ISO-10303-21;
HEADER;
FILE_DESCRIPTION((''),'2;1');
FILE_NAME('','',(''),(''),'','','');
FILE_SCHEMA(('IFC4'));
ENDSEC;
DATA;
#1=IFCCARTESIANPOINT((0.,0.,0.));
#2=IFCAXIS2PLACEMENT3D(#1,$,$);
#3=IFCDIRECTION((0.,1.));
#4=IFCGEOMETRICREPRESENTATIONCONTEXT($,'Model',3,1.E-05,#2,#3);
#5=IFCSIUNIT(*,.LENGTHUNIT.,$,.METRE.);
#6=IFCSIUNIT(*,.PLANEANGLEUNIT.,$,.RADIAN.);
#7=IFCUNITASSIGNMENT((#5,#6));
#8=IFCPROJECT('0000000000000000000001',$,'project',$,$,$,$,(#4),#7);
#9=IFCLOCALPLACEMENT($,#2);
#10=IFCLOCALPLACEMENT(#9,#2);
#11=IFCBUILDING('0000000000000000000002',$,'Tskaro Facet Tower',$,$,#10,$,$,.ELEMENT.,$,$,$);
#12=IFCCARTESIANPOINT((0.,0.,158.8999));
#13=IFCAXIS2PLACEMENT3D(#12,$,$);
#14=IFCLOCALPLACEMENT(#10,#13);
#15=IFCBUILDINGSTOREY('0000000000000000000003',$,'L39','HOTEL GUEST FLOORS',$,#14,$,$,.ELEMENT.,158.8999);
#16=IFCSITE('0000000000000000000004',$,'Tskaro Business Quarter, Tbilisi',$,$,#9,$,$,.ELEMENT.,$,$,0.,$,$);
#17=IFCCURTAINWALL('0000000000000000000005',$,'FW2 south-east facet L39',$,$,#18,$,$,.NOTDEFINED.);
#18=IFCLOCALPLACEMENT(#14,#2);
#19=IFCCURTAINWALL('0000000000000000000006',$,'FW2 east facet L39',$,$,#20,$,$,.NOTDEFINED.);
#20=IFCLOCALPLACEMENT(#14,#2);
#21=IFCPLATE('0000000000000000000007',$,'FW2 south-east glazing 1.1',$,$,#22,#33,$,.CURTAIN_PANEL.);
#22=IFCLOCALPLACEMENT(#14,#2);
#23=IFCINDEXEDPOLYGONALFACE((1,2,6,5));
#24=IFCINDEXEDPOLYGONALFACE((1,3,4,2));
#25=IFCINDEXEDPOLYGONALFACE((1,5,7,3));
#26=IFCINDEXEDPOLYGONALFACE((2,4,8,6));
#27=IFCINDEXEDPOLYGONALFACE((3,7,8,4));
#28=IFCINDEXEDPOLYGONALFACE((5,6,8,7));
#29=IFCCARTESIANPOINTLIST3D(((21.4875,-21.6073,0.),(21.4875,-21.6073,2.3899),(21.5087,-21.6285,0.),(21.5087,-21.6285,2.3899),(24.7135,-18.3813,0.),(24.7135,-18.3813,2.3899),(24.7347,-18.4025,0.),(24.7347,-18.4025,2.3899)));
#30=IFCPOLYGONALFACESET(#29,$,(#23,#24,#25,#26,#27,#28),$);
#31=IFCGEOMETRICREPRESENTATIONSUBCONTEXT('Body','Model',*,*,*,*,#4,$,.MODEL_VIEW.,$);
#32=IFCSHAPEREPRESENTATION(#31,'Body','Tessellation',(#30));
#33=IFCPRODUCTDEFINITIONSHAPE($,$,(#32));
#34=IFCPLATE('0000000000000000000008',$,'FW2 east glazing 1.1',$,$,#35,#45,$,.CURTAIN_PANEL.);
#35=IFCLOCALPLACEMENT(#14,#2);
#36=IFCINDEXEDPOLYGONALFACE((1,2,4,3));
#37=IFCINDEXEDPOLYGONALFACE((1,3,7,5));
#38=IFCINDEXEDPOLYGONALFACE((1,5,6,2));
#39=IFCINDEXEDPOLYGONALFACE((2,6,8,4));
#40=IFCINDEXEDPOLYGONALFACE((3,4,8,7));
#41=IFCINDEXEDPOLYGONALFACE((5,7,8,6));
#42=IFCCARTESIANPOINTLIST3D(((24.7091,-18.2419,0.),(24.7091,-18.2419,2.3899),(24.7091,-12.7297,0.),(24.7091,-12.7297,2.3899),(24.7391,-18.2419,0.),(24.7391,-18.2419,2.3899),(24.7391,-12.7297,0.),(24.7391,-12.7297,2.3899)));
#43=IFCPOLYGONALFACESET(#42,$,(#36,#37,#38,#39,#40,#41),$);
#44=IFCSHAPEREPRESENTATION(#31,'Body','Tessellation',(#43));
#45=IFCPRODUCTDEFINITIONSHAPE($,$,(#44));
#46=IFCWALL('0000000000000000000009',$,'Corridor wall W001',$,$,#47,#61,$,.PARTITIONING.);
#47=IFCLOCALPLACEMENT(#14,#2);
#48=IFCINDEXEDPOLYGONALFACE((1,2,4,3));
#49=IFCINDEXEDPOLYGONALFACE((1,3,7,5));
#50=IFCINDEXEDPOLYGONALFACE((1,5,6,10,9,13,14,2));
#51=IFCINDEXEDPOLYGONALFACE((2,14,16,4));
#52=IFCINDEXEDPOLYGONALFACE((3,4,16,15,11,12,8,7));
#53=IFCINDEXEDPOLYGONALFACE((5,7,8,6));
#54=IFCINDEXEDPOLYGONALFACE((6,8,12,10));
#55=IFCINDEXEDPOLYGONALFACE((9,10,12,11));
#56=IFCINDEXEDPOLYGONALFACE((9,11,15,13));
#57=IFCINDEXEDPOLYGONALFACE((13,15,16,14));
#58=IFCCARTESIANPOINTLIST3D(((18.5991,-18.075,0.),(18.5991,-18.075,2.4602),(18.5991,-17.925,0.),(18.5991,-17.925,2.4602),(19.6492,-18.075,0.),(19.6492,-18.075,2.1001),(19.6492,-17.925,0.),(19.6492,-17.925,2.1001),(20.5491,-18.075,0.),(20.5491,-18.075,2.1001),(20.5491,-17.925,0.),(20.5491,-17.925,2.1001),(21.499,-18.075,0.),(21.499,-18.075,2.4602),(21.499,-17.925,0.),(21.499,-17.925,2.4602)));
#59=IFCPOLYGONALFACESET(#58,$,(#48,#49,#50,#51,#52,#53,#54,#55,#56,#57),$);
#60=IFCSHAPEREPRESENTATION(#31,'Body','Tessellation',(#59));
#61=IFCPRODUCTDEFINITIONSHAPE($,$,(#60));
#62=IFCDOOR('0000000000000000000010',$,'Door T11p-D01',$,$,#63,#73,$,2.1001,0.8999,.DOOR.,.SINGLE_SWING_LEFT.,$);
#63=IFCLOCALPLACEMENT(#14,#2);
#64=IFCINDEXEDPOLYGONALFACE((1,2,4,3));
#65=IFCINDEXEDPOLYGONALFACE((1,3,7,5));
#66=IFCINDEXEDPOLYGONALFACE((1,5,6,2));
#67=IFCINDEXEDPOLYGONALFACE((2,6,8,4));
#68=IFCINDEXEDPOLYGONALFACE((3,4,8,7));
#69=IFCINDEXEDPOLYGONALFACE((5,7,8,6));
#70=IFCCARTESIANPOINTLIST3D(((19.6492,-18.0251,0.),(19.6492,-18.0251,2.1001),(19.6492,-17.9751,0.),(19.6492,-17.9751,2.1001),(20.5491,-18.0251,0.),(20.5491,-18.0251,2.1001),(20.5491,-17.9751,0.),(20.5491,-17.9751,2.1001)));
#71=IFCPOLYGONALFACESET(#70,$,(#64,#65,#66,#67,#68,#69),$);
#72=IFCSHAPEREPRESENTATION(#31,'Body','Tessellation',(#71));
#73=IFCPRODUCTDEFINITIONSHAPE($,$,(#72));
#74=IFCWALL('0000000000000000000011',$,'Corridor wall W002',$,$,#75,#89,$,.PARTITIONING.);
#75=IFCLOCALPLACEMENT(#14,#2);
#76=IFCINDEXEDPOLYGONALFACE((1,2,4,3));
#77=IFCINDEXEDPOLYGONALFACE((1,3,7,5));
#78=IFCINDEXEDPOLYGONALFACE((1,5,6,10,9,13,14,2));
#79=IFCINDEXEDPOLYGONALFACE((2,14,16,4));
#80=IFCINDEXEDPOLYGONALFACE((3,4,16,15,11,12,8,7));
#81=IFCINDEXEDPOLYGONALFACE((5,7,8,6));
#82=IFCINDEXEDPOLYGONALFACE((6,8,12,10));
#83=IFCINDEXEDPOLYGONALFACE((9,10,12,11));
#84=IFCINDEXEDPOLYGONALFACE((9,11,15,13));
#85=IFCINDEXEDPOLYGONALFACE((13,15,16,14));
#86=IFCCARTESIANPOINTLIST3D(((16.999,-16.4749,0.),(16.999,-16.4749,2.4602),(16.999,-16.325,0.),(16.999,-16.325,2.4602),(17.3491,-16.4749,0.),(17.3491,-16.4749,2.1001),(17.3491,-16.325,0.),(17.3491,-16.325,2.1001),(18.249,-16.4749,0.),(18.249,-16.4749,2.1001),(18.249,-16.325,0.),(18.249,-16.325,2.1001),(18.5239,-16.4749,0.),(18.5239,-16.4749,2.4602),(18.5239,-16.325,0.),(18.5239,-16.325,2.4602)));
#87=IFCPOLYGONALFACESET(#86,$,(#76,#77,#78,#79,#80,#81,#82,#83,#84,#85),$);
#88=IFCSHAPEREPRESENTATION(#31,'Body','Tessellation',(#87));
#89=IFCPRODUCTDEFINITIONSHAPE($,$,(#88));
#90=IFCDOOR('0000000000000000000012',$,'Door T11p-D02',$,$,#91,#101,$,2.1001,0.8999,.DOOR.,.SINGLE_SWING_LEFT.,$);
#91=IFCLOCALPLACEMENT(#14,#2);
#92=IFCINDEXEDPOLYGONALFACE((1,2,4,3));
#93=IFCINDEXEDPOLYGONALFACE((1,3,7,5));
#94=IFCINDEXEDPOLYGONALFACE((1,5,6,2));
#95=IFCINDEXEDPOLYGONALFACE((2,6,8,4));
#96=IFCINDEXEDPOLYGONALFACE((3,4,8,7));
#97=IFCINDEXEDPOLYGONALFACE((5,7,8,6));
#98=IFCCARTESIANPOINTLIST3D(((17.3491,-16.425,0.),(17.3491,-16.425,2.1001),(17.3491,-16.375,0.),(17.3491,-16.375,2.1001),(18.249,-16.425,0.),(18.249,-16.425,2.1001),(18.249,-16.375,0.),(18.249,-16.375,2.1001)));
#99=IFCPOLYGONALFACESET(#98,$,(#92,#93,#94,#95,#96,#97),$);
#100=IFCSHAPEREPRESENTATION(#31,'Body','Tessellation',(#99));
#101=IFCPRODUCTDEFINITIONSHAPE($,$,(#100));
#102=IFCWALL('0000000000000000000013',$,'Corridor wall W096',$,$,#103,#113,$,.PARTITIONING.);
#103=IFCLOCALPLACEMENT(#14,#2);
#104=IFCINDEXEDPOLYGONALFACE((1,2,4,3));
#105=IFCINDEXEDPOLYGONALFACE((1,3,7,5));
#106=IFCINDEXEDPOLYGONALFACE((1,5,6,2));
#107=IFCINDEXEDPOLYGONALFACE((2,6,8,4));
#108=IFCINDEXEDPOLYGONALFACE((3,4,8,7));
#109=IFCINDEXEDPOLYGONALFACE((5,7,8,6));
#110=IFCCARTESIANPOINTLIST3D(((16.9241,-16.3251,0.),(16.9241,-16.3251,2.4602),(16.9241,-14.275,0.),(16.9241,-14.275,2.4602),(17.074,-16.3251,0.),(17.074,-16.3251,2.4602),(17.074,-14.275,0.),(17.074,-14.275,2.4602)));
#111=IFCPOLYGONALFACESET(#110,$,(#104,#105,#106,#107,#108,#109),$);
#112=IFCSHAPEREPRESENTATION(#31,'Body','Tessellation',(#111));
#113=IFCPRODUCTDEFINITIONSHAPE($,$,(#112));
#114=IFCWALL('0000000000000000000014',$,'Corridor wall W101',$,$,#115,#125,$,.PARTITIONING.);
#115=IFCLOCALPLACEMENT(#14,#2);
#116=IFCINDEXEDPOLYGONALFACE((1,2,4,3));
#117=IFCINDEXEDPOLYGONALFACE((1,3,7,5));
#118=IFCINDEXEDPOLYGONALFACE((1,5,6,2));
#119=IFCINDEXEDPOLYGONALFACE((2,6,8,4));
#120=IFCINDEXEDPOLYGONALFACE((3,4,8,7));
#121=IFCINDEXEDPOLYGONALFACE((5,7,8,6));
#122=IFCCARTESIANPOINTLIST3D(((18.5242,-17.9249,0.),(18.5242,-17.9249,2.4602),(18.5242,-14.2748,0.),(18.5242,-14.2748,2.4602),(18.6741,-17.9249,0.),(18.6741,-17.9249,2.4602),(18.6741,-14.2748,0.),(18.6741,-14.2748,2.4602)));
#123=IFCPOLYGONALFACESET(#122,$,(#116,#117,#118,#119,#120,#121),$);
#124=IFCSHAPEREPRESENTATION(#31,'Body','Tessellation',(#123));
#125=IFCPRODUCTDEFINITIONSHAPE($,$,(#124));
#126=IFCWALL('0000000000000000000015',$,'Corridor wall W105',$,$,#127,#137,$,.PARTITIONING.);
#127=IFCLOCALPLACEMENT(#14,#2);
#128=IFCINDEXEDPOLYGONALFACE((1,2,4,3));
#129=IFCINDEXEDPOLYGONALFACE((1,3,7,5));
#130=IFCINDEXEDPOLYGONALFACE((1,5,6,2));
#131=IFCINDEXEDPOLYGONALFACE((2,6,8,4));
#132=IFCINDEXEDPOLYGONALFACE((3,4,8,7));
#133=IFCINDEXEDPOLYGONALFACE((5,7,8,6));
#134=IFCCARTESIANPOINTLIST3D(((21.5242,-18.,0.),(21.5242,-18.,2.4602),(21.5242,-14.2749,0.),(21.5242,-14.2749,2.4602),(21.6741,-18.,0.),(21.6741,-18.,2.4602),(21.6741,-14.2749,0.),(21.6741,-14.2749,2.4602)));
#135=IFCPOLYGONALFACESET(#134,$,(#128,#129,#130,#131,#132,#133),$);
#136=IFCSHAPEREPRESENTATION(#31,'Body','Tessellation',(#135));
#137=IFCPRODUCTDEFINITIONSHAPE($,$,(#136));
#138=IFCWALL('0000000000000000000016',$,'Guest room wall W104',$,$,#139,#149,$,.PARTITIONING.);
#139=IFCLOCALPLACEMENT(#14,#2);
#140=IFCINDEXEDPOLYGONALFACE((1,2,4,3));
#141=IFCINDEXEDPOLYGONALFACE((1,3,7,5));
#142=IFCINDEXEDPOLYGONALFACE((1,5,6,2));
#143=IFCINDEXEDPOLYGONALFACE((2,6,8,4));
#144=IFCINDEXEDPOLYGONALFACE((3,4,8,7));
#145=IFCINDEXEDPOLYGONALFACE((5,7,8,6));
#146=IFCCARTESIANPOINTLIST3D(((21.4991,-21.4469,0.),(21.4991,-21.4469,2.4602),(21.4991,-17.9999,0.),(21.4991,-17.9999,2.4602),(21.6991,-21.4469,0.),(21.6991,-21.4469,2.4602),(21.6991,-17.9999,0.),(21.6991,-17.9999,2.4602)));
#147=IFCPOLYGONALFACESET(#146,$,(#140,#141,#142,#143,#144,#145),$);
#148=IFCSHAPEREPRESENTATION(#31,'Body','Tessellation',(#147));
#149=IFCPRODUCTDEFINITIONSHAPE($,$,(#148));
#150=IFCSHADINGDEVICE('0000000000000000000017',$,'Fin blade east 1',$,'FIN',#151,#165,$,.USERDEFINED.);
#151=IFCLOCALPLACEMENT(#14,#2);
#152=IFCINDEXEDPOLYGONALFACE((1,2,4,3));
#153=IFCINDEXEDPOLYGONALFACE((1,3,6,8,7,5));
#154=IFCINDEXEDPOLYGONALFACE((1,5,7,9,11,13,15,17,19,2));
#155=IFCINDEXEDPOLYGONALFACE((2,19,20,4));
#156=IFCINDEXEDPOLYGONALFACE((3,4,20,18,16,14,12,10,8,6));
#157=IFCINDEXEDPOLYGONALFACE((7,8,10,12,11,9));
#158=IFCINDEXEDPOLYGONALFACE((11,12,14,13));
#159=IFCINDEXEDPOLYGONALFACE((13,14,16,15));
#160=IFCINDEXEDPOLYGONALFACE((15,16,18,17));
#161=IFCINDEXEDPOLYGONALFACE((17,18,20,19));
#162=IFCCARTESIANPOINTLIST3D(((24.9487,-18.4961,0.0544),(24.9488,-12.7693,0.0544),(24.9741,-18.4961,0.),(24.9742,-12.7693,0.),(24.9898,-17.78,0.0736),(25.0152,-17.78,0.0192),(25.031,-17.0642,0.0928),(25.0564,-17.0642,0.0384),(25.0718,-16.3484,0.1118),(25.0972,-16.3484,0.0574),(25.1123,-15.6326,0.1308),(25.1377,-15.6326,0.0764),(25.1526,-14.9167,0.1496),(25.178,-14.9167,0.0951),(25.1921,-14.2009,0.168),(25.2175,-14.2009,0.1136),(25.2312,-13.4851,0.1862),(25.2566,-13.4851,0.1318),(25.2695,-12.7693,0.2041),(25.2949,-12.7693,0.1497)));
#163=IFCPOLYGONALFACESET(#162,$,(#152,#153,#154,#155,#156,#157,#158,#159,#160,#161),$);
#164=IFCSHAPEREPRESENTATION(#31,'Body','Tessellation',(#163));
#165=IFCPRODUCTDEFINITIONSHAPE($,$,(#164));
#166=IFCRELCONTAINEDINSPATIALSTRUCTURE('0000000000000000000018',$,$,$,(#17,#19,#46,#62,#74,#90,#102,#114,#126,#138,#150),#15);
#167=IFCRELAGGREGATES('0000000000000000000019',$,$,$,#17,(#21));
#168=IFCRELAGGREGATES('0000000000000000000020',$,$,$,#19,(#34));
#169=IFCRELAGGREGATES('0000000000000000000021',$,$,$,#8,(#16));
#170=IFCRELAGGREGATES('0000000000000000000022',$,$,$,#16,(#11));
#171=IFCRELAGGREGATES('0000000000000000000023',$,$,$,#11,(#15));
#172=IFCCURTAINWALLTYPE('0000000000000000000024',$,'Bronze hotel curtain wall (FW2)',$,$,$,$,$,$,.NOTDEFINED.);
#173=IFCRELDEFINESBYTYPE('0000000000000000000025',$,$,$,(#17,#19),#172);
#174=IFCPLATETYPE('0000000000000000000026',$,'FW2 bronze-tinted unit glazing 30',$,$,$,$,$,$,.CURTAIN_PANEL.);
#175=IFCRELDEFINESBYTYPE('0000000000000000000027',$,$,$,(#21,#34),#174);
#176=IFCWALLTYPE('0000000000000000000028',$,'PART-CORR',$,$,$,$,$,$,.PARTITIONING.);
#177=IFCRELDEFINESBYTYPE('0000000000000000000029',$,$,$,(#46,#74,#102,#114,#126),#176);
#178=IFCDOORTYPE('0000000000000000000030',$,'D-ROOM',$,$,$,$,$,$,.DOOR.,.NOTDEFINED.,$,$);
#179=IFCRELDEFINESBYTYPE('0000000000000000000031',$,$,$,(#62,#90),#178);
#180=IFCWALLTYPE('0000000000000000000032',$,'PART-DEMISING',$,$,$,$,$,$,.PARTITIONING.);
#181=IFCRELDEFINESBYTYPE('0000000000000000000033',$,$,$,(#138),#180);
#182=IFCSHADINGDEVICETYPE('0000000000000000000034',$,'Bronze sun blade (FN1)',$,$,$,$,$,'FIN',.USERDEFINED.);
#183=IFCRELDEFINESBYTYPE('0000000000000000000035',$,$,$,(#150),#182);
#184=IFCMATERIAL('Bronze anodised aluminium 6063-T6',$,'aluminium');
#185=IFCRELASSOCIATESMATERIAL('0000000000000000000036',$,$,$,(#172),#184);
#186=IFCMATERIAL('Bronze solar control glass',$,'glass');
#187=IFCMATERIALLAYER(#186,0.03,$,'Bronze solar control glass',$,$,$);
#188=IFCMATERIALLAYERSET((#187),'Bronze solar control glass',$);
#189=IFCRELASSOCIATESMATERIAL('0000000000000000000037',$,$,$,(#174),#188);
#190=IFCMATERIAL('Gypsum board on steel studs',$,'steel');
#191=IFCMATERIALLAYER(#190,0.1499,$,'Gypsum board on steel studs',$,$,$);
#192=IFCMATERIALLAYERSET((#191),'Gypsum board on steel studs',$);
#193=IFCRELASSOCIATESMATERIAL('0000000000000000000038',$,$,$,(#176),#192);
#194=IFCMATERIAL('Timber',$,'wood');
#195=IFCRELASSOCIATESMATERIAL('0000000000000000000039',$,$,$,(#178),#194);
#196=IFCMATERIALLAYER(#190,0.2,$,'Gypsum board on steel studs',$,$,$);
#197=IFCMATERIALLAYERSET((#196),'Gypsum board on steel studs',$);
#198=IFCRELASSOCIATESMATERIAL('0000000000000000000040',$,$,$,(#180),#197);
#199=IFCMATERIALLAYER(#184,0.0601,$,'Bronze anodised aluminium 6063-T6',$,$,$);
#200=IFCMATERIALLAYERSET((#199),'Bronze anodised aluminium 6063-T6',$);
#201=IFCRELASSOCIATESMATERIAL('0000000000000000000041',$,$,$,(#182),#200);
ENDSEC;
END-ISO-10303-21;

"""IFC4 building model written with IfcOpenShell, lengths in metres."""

from ifc_helpers import new_model, si_unit, direction, frame, frame_2d, origin, origin_2d, place, context, subcontext, project, spatial, polyline, rectangle, outline, extrude, material, layer, layer_set, type_object, element, fill, aggregate, save


model = new_model("IFC4")

# Units and contexts
model_context = context("Model", 3, precision=1e-05, world=origin(), true_north=direction((0.0, 1.0)))
body_context = subcontext(model_context, "Body", "Model", "MODEL_VIEW")
ifc_project = project(units=[si_unit("LENGTHUNIT", "METRE"), si_unit("PLANEANGLEUNIT", "RADIAN")], contexts=[model_context])

# Site, building, storey
site_placement = place(None, origin())
site = spatial("IfcSite", under=ifc_project, at=site_placement, Name="Tskaro Business Quarter, Tbilisi", CompositionType="ELEMENT", RefElevation=0.0)
building_placement = place(site_placement, origin())
building = spatial("IfcBuilding", under=site, at=building_placement, Name="Tskaro Facet Tower", CompositionType="ELEMENT")
storey_placement = place(building_placement, frame((0.0, 0.0, 158.8999)))
storey = spatial("IfcBuildingStorey", under=building, at=storey_placement, Name="L39", Description="HOTEL GUEST FLOORS", CompositionType="ELEMENT", Elevation=158.8999)

# Curtain walls
ifc_material_1 = material(Name="Bronze anodised aluminium 6063-T6", Category="aluminium")
curtain_wall_type = type_object("IfcCurtainWallType", Name="Bronze hotel curtain wall (FW2)", PredefinedType="NOTDEFINED", material=ifc_material_1)
curtain_wall_1_placement = place(storey_placement, origin())
curtain_wall_1 = element("IfcCurtainWall", 1, at=curtain_wall_1_placement, inside=storey, type_object=curtain_wall_type, Name="FW2 south-east facet L39", PredefinedType="NOTDEFINED")
curtain_wall_2_placement = place(storey_placement, origin())
curtain_wall_2 = element("IfcCurtainWall", 2, at=curtain_wall_2_placement, inside=storey, type_object=curtain_wall_type, Name="FW2 east facet L39", PredefinedType="NOTDEFINED")

# Shared definitions
ifc_material_2 = material(Name="Bronze solar control glass", Category="glass")
ifc_layer_1 = layer(ifc_material_2, 0.03, Name="Bronze solar control glass")
ifc_layer_set_1 = layer_set([ifc_layer_1], Name="Bronze solar control glass")
plate_type = type_object("IfcPlateType", Name="FW2 bronze-tinted unit glazing 30", PredefinedType="CURTAIN_PANEL", material=ifc_layer_set_1)

# Plates
plate_1_placement = place(storey_placement, frame((23.1111, -20.0049, 0.0), z_axis=(0.0, 0.0, 1.0), x_axis=(0.707107, 0.707107, 0.0)))
plate_1 = element("IfcPlate", 3, at=plate_1_placement, type_object=plate_type, Name="FW2 south-east glazing 1.1", PredefinedType="CURTAIN_PANEL", context=body_context, shape_type="SweptSolid", body=[
    extrude(rectangle(XDim=4.5623, YDim=0.03, at=origin_2d()), origin(), (0.0, 0.0, 1.0), 2.3899),
])
aggregate(curtain_wall_1, [plate_1])
plate_2_placement = place(storey_placement, frame((24.7241, -15.4858, 0.0), z_axis=(0.0, 0.0, 1.0), x_axis=(0.0, 1.0, 0.0)))
plate_2 = element("IfcPlate", 4, at=plate_2_placement, type_object=plate_type, Name="FW2 east glazing 1.1", PredefinedType="CURTAIN_PANEL", context=body_context, shape_type="SweptSolid", body=[
    extrude(rectangle(XDim=5.5122, YDim=0.03, at=origin_2d()), origin(), (0.0, 0.0, 1.0), 2.3899),
])
aggregate(curtain_wall_2, [plate_2])

# Walls, openings, doors
ifc_material_3 = material(Name="Gypsum board on steel studs", Category="steel")
ifc_layer_2 = layer(ifc_material_3, 0.1499, Name="Gypsum board on steel studs")
ifc_layer_set_2 = layer_set([ifc_layer_2], Name="Gypsum board on steel studs")
wall_type_1 = type_object("IfcWallType", Name="PART-CORR", PredefinedType="PARTITIONING", material=ifc_layer_set_2)
wall_1_placement = place(storey_placement, frame((18.5991, -18.0, 0.0), z_axis=(0.0, 0.0, 1.0), x_axis=(1.0, 0.0, 0.0)))
wall_1 = element("IfcWall", 5, at=wall_1_placement, inside=storey, type_object=wall_type_1, Name="Corridor wall W001", PredefinedType="PARTITIONING", context=body_context, shape_type="SweptSolid", body=[
    extrude(rectangle(XDim=2.8999, YDim=0.1499, at=frame_2d((1.45, 0.0))), origin(), (0.0, 0.0, 1.0), 2.4602),
])
opening_1_placement = place(wall_1_placement, frame((1.05, 0.0, 0.0)))
opening_1 = element("IfcOpeningElement", 6, at=opening_1_placement, cuts=wall_1, PredefinedType="OPENING", context=body_context, shape_type="SweptSolid", body=[
    extrude(rectangle(XDim=0.8999, YDim=2.1001, at=frame_2d((0.45, 1.05))), frame((0.0, 0.085, 0.0), z_axis=(0.0, -1.0, 0.0), x_axis=(1.0, 0.0, 0.0)), (0.0, 0.0, 1.0), 0.1699),
])
ifc_material_4 = material(Name="Timber", Category="wood")
door_type = type_object("IfcDoorType", Name="D-ROOM", OperationType="NOTDEFINED", PredefinedType="DOOR", material=ifc_material_4)
door_1_placement = place(opening_1_placement, origin())
door_1 = element("IfcDoor", 7, at=door_1_placement, inside=storey, type_object=door_type, Name="Door T11p-D01", OperationType="SINGLE_SWING_LEFT", OverallHeight=2.1001, OverallWidth=0.8999, PredefinedType="DOOR", context=body_context, shape_type="SweptSolid", body=[
    extrude(rectangle(XDim=0.8999, YDim=2.1001, at=frame_2d((0.45, 1.05))), frame((0.0, 0.0249, 0.0), z_axis=(0.0, -1.0, 0.0), x_axis=(1.0, 0.0, 0.0)), (0.0, 0.0, 1.0), 0.05),
])
fill(opening_1, door_1)
wall_2_placement = place(storey_placement, frame((16.999, -16.3999, 0.0), z_axis=(0.0, 0.0, 1.0), x_axis=(1.0, 0.0, 0.0)))
wall_2 = element("IfcWall", 8, at=wall_2_placement, inside=storey, type_object=wall_type_1, Name="Corridor wall W002", PredefinedType="PARTITIONING", context=body_context, shape_type="SweptSolid", body=[
    extrude(rectangle(XDim=1.5249, YDim=0.1499, at=frame_2d((0.7625, 0.0))), origin(), (0.0, 0.0, 1.0), 2.4602),
])
opening_2_placement = place(wall_2_placement, frame((0.3501, 0.0, 0.0)))
opening_2 = element("IfcOpeningElement", 9, at=opening_2_placement, cuts=wall_2, PredefinedType="OPENING", context=body_context, shape_type="SweptSolid", body=[
    extrude(rectangle(XDim=0.8999, YDim=2.1001, at=frame_2d((0.45, 1.05))), frame((0.0, 0.085, 0.0), z_axis=(0.0, -1.0, 0.0), x_axis=(1.0, 0.0, 0.0)), (0.0, 0.0, 1.0), 0.1699),
])
door_2_placement = place(opening_2_placement, origin())
door_2 = element("IfcDoor", 10, at=door_2_placement, inside=storey, type_object=door_type, Name="Door T11p-D02", OperationType="SINGLE_SWING_LEFT", OverallHeight=2.1001, OverallWidth=0.8999, PredefinedType="DOOR", context=body_context, shape_type="SweptSolid", body=[
    extrude(rectangle(XDim=0.8999, YDim=2.1001, at=frame_2d((0.45, 1.05))), frame((0.0, 0.0249, 0.0), z_axis=(0.0, -1.0, 0.0), x_axis=(1.0, 0.0, 0.0)), (0.0, 0.0, 1.0), 0.05),
])
fill(opening_2, door_2)

# Walls
wall_3_placement = place(storey_placement, frame((16.999, -16.325, 0.0), z_axis=(0.0, 0.0, 1.0), x_axis=(0.0, 1.0, 0.0)))
element("IfcWall", 11, at=wall_3_placement, inside=storey, type_object=wall_type_1, Name="Corridor wall W096", PredefinedType="PARTITIONING", context=body_context, shape_type="SweptSolid", body=[
    extrude(rectangle(XDim=2.05, YDim=0.1499, at=frame_2d((1.0249, 0.0))), origin(), (0.0, 0.0, 1.0), 2.4602),
])
wall_4_placement = place(storey_placement, frame((18.5991, -17.925, 0.0), z_axis=(0.0, 0.0, 1.0), x_axis=(0.0, 1.0, 0.0)))
element("IfcWall", 12, at=wall_4_placement, inside=storey, type_object=wall_type_1, Name="Corridor wall W101", PredefinedType="PARTITIONING", context=body_context, shape_type="SweptSolid", body=[
    extrude(rectangle(XDim=3.6501, YDim=0.1499, at=frame_2d((1.8252, 0.0))), origin(), (0.0, 0.0, 1.0), 2.4602),
])
wall_5_placement = place(storey_placement, frame((21.5991, -18.0, 0.0), z_axis=(0.0, 0.0, 1.0), x_axis=(0.0, 1.0, 0.0)))
element("IfcWall", 13, at=wall_5_placement, inside=storey, type_object=wall_type_1, Name="Corridor wall W105", PredefinedType="PARTITIONING", context=body_context, shape_type="SweptSolid", body=[
    extrude(rectangle(XDim=3.7251, YDim=0.1499, at=frame_2d((1.8625, 0.0))), origin(), (0.0, 0.0, 1.0), 2.4602),
])
ifc_layer_3 = layer(ifc_material_3, 0.2, Name="Gypsum board on steel studs")
ifc_layer_set_3 = layer_set([ifc_layer_3], Name="Gypsum board on steel studs")
wall_type_2 = type_object("IfcWallType", Name="PART-DEMISING", PredefinedType="PARTITIONING", material=ifc_layer_set_3)
wall_6_placement = place(storey_placement, frame((21.5991, -21.447, 0.0), z_axis=(0.0, 0.0, 1.0), x_axis=(0.0, 1.0, 0.0)))
element("IfcWall", 14, at=wall_6_placement, inside=storey, type_object=wall_type_2, Name="Guest room wall W104", PredefinedType="PARTITIONING", context=body_context, shape_type="SweptSolid", body=[
    extrude(rectangle(XDim=3.447, YDim=0.2, at=frame_2d((1.7236, 0.0))), origin(), (0.0, 0.0, 1.0), 2.4602),
])

# Shading device
ifc_layer_4 = layer(ifc_material_1, 0.0601, Name="Bronze anodised aluminium 6063-T6")
ifc_layer_set_4 = layer_set([ifc_layer_4], Name="Bronze anodised aluminium 6063-T6")
shading_device_type = type_object("IfcShadingDeviceType", Name="Bronze sun blade (FN1)", ElementType="FIN", PredefinedType="USERDEFINED", material=ifc_layer_set_4)
shading_device_placement = place(storey_placement, frame((24.9487, -18.4961, 0.0544), z_axis=(-0.422955, 0.000013, 0.906151), x_axis=(0.000005, 1.0, -0.000011)))
element("IfcShadingDevice", 15, at=shading_device_placement, inside=storey, type_object=shading_device_type, Name="Fin blade east 1", ObjectType="FIN", PredefinedType="USERDEFINED", context=body_context, shape_type="SweptSolid", body=[
    extrude(outline(polyline([(0.0, 0.0), (5.7268, 0.0), (5.7268, -0.354), (5.011, -0.3117), (4.2952, -0.2686), (3.5793, -0.225), (2.8635, -0.1805), (2.1477, -0.1358), (1.4319, -0.0908), (0.7161, -0.0453), (0.0, 0.0)])), origin(), (0.0, 0.0, -1.0), 0.0601),
])

save(model, "model.ifc")
